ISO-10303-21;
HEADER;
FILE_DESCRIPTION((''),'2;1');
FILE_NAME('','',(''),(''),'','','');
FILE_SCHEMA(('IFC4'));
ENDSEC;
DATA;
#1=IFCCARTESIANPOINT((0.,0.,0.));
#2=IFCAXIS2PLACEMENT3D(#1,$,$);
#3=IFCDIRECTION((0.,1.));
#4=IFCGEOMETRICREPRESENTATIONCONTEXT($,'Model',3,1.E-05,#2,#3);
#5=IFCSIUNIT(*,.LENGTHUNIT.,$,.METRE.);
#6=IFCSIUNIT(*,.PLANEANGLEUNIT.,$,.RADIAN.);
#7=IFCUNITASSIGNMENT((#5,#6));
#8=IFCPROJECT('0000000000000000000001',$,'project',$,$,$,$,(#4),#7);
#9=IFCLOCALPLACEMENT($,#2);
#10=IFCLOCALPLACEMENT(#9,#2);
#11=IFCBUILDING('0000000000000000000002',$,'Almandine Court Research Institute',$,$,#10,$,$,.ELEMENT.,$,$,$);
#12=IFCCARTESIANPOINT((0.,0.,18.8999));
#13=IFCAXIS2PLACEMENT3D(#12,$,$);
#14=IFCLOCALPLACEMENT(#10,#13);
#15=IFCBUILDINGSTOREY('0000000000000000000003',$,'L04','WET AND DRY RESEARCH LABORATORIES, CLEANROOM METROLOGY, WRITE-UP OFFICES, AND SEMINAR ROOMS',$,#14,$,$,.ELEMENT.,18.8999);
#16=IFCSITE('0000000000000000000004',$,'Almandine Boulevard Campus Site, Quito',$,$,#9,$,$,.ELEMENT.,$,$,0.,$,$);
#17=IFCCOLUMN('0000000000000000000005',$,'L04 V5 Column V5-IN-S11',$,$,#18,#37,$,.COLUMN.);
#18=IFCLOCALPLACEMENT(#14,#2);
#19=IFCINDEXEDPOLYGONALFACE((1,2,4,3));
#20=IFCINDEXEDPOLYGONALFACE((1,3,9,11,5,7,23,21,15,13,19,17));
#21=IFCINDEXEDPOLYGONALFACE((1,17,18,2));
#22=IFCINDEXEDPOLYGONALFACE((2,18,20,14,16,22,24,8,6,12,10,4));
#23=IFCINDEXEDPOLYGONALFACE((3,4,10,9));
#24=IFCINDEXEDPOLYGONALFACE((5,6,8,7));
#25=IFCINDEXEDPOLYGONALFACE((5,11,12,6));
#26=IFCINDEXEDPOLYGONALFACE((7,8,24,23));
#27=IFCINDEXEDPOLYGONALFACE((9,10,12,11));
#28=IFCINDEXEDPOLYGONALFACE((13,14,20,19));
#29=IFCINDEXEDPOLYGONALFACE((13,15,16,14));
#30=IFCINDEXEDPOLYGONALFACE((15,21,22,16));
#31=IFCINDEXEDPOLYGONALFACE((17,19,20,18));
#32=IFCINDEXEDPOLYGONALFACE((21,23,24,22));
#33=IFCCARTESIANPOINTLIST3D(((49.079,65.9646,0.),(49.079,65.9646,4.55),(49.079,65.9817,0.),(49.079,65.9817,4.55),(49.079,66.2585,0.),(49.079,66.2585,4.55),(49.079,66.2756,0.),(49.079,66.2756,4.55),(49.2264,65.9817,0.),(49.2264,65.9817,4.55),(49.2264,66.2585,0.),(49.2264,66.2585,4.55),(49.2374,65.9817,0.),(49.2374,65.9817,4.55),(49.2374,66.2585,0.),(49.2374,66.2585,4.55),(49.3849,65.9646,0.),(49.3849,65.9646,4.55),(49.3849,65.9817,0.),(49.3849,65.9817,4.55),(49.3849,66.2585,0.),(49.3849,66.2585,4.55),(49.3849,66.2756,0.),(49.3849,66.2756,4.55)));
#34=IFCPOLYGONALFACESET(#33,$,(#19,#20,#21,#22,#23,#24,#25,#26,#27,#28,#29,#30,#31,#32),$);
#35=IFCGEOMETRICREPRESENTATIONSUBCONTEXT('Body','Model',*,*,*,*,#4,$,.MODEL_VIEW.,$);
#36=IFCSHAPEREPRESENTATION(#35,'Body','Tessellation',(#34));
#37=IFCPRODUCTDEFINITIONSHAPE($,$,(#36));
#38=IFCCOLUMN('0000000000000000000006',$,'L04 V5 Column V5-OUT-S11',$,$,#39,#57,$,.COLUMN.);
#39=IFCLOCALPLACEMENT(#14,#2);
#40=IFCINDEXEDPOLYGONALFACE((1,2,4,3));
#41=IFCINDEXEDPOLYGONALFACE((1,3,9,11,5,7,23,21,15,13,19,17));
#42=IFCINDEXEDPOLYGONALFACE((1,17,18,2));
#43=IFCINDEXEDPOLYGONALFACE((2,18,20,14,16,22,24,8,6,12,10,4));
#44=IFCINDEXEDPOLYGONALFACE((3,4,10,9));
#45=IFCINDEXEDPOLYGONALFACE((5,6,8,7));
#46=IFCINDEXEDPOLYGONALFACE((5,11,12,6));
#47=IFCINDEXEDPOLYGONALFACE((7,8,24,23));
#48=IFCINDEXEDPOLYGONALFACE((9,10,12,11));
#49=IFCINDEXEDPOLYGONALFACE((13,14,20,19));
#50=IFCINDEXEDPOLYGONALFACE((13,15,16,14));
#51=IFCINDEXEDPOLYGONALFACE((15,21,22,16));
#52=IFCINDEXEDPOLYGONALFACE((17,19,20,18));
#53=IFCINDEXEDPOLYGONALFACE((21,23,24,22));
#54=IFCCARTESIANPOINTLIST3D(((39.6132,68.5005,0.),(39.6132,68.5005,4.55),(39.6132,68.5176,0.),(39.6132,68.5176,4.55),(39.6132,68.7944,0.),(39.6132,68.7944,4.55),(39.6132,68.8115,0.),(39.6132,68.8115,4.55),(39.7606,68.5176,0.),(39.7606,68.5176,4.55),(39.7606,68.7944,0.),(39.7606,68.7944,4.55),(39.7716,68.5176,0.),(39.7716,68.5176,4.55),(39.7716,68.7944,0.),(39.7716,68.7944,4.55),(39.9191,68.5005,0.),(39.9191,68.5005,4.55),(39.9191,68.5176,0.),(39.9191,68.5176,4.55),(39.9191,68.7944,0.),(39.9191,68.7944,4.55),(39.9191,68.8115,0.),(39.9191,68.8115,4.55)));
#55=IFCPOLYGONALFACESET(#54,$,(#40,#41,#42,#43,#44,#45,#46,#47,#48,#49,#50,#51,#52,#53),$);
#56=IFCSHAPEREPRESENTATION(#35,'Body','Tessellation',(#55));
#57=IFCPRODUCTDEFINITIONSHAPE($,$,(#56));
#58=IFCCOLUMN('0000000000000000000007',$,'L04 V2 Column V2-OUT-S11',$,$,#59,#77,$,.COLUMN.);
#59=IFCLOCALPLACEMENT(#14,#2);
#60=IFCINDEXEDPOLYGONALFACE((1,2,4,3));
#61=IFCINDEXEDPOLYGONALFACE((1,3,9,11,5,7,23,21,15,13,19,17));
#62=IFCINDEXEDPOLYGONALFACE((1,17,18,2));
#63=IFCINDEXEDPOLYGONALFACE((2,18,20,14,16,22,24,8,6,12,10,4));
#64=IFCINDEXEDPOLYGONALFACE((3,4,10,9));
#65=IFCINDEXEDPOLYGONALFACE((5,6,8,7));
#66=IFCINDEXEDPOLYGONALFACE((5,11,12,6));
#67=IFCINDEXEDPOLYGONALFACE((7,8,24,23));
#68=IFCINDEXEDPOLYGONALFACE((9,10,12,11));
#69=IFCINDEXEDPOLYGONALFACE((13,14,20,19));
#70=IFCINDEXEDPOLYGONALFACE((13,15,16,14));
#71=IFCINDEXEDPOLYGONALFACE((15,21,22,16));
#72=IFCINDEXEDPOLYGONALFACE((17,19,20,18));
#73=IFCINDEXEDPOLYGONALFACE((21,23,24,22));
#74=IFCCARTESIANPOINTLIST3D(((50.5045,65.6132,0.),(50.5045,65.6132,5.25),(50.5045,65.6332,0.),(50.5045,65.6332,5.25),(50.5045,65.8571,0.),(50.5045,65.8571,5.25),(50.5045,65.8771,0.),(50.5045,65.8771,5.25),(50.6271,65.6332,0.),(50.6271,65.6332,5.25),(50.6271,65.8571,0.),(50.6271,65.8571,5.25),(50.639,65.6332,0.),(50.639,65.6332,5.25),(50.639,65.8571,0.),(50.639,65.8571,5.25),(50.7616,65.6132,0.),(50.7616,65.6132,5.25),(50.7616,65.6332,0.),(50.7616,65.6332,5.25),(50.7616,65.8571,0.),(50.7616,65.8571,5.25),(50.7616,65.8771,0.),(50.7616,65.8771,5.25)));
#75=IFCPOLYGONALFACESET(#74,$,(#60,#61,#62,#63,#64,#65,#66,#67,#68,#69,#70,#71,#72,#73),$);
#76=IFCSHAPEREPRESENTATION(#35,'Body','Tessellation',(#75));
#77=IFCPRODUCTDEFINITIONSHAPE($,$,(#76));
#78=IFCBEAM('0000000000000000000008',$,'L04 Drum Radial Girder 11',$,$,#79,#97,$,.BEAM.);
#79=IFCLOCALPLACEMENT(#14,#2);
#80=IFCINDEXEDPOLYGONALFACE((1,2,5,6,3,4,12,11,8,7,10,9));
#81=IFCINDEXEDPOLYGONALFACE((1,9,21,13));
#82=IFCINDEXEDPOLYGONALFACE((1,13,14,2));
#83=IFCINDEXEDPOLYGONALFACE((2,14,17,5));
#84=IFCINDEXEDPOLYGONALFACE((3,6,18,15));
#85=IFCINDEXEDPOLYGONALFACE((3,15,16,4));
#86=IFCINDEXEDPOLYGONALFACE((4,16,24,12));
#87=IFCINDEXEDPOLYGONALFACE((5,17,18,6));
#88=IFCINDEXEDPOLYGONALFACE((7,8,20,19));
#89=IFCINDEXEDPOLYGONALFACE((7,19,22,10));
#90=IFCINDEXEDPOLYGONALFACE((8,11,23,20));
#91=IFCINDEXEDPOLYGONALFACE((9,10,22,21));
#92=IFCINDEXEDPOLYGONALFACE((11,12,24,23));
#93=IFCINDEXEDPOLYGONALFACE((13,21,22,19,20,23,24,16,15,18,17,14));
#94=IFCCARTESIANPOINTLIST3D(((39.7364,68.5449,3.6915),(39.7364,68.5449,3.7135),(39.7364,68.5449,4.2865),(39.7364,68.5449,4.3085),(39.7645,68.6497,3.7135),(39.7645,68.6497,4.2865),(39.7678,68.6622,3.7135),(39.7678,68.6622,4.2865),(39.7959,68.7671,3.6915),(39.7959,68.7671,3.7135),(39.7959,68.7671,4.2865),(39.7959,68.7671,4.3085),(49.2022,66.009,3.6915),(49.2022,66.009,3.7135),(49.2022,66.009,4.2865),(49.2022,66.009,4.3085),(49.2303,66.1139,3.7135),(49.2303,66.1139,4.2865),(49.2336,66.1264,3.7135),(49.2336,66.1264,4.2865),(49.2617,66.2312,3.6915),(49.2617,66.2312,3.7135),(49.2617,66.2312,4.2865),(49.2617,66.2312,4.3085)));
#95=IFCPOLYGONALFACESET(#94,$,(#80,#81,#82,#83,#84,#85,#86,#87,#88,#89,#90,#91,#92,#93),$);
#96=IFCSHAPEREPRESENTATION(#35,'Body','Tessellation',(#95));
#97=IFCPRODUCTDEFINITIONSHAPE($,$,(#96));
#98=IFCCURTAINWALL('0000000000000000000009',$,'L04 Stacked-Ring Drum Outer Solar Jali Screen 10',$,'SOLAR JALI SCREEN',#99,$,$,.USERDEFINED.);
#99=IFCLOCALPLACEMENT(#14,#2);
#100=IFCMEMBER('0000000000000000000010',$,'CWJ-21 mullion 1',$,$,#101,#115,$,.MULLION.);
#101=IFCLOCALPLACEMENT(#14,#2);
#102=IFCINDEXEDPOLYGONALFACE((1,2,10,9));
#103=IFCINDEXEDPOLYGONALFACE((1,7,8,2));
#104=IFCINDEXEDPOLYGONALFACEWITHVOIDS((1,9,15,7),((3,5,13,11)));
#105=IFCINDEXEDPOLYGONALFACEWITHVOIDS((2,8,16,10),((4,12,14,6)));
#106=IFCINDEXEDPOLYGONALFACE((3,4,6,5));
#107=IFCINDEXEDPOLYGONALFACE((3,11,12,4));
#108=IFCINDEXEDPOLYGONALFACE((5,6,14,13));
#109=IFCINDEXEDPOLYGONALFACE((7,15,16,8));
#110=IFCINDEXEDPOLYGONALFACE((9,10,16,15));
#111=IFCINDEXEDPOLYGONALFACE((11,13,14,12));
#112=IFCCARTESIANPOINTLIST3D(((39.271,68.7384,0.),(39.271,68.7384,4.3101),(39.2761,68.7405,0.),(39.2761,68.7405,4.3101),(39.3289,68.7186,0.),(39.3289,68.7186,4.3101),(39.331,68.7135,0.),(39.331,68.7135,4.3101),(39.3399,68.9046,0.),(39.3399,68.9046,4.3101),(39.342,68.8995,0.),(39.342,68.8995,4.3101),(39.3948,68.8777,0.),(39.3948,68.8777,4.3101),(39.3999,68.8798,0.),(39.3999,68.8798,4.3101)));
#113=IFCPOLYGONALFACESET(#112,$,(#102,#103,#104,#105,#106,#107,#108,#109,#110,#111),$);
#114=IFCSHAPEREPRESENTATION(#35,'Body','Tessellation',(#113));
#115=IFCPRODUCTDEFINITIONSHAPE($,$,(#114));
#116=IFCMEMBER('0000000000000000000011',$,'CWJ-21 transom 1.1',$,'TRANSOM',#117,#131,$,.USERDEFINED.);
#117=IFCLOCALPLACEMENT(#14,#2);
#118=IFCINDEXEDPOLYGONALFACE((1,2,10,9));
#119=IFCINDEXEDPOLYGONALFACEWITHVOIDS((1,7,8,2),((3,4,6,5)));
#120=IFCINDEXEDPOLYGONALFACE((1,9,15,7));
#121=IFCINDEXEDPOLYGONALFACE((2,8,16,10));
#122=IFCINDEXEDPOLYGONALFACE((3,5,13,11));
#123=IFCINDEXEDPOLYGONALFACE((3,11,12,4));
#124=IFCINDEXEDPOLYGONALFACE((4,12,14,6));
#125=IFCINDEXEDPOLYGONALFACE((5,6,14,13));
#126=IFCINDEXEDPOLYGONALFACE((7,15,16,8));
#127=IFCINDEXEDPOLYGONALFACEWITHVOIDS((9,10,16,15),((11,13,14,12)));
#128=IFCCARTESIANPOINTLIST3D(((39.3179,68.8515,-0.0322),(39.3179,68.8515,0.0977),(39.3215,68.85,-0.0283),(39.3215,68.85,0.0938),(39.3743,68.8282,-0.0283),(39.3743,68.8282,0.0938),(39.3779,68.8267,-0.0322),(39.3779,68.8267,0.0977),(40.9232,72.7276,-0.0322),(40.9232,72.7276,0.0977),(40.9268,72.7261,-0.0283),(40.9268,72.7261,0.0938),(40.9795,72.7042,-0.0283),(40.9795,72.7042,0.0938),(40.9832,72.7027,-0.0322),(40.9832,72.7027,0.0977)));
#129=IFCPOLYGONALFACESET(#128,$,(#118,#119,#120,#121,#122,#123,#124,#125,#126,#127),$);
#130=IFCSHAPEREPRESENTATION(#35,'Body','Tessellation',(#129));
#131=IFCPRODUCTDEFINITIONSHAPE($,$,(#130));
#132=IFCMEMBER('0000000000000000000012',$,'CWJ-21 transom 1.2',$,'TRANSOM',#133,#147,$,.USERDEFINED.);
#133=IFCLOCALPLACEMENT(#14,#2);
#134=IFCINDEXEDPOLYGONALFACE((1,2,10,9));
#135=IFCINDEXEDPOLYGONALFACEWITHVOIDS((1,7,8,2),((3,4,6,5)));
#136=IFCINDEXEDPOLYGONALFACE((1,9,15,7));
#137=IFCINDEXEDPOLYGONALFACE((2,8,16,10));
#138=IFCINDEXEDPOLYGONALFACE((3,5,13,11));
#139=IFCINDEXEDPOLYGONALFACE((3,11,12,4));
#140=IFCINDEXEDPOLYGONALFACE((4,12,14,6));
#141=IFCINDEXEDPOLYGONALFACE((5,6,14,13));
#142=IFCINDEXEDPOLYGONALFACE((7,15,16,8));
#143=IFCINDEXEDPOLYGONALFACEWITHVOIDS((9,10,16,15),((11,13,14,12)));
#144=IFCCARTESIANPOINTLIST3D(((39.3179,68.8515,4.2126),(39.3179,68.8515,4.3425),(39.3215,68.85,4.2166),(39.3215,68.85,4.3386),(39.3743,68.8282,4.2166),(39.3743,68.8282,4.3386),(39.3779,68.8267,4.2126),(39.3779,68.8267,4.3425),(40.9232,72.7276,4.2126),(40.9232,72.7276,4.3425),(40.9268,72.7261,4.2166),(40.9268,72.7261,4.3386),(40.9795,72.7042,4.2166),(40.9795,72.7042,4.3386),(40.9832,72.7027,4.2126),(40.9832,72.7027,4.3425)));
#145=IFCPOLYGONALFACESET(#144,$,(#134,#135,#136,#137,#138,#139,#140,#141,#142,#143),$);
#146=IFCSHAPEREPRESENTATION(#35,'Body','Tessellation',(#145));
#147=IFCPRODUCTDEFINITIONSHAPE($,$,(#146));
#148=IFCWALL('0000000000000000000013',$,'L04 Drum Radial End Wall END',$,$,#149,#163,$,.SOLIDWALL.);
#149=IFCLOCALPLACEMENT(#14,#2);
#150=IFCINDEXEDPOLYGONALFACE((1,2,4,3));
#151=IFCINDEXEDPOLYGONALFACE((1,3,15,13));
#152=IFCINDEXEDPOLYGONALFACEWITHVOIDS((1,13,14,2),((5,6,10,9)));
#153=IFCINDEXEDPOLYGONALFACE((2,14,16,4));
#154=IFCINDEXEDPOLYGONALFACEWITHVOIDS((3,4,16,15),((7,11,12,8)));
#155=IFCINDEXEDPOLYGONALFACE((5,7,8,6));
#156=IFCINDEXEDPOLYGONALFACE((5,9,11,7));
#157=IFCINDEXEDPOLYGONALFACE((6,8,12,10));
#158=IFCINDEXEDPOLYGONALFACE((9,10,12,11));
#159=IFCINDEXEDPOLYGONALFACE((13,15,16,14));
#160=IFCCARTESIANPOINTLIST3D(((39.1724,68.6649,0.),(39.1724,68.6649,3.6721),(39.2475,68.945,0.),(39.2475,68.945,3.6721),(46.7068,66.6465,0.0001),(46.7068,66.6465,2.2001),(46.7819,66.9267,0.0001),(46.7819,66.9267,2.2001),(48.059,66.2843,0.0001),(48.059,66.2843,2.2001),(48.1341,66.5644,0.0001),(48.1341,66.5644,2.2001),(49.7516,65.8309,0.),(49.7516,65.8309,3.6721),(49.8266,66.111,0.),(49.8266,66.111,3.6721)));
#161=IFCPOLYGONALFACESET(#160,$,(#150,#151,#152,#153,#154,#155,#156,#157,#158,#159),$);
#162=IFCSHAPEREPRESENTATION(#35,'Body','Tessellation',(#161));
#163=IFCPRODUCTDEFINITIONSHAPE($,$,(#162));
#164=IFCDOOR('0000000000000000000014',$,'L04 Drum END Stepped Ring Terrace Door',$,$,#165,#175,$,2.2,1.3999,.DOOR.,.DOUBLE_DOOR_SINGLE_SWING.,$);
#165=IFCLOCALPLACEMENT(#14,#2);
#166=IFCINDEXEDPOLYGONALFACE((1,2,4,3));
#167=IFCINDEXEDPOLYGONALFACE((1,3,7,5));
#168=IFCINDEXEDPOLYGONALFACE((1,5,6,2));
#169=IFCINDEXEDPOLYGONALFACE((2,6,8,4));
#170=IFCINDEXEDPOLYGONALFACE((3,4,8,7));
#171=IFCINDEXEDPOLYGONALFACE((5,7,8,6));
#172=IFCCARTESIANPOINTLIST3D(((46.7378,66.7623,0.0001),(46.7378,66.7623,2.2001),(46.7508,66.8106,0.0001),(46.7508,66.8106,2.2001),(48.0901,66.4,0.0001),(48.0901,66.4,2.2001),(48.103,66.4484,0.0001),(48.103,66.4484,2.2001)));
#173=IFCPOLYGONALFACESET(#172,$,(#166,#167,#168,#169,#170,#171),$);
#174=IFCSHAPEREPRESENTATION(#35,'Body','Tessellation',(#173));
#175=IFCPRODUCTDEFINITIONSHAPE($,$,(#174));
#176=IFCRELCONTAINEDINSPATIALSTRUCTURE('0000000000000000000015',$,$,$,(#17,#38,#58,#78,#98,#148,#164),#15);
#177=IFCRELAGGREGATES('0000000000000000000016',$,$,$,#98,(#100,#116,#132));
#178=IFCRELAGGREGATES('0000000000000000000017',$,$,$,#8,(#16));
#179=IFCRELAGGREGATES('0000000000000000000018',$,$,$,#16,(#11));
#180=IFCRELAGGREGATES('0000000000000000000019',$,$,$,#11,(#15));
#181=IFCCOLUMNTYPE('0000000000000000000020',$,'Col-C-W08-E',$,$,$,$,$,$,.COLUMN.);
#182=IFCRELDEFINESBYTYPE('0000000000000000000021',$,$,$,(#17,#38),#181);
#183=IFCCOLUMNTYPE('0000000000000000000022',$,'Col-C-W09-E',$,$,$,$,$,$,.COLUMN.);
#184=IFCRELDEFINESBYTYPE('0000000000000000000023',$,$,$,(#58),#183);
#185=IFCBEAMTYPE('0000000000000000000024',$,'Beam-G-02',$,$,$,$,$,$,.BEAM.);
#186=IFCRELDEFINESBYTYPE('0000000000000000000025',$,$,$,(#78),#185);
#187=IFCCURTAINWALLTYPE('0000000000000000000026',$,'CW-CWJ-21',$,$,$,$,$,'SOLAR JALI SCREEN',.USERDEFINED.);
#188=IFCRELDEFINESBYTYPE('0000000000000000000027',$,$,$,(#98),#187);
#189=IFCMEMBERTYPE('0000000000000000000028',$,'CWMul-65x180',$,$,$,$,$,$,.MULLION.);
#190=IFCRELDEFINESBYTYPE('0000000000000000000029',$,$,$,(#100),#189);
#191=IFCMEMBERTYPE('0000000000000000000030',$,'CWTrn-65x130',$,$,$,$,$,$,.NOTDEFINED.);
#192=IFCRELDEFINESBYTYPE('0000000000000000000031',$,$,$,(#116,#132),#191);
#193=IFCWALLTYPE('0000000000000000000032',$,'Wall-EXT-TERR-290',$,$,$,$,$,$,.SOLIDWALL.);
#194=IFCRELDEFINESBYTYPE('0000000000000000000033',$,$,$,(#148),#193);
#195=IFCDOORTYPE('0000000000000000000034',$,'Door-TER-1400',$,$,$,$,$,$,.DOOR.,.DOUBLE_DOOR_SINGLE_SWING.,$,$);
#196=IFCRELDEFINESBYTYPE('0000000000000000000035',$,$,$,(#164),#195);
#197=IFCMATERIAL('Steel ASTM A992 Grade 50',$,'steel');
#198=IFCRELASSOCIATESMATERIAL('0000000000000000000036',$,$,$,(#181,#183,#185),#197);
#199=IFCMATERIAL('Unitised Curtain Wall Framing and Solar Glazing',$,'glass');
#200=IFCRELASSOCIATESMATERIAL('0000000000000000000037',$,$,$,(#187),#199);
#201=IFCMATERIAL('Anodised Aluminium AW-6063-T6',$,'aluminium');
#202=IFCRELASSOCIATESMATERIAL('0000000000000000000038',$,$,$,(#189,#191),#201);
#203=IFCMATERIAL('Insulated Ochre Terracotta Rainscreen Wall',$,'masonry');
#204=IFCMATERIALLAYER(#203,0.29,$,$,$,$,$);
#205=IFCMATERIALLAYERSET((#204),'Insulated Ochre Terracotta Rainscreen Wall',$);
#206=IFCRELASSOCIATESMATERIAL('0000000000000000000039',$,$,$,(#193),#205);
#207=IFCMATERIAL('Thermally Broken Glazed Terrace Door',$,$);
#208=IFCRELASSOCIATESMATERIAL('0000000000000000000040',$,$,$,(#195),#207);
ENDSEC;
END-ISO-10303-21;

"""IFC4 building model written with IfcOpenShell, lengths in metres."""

from ifc_helpers import new_model, si_unit, direction, frame, frame_2d, origin, origin_2d, place, context, subcontext, project, spatial, rectangle, hollow_rectangle, i_section, extrude, material, layer, layer_set, material_profile, profile_set, type_object, element, fill, aggregate, save


model = new_model("IFC4")

# Units and contexts
model_context = context("Model", 3, precision=1e-05, world=origin(), true_north=direction((0.0, 1.0)))
body_context = subcontext(model_context, "Body", "Model", "MODEL_VIEW")
ifc_project = project(units=[si_unit("LENGTHUNIT", "METRE"), si_unit("PLANEANGLEUNIT", "RADIAN")], contexts=[model_context])

# Site, building, storey
site_placement = place(None, origin())
site = spatial("IfcSite", under=ifc_project, at=site_placement, Name="Almandine Boulevard Campus Site, Quito", CompositionType="ELEMENT", RefElevation=0.0)
building_placement = place(site_placement, origin())
building = spatial("IfcBuilding", under=site, at=building_placement, Name="Almandine Court Research Institute", CompositionType="ELEMENT")
storey_placement = place(building_placement, frame((0.0, 0.0, 18.8999)))
storey = spatial("IfcBuildingStorey", under=building, at=storey_placement, Name="L04", Description="WET AND DRY RESEARCH LABORATORIES, CLEANROOM METROLOGY, WRITE-UP OFFICES, AND SEMINAR ROOMS", CompositionType="ELEMENT", Elevation=18.8999)

# Columns
ifc_material_1 = material(Name="Steel ASTM A992 Grade 50", Category="steel")
ifc_material_profile_1 = material_profile(ifc_material_1, i_section(OverallWidth=0.3059, OverallDepth=0.311, WebThickness=0.011, FlangeThickness=0.0171, at=origin_2d()), Name="W310x107")
ifc_profile_set_1 = profile_set([ifc_material_profile_1], Name="Steel ASTM A992 Grade 50")
column_type_1 = type_object("IfcColumnType", Name="Col-C-W08-E", PredefinedType="COLUMN", material=ifc_profile_set_1)
for number, where, z_axis, x_axis, name in (
    (1, (49.2319, 66.1201, 0.0), (0.0, 0.0, 1.0), (1.0, 0.0, 0.0), "L04 V5 Column V5-IN-S11"),
    (2, (39.7661, 68.656, 0.0), (0.0, 0.0, 1.0), (1.0, 0.0, 0.0), "L04 V5 Column V5-OUT-S11"),
):
    element("IfcColumn", number, at=place(storey_placement, frame(where, z_axis=z_axis, x_axis=x_axis)), inside=storey, type_object=column_type_1, Name=name, PredefinedType="COLUMN", context=body_context, shape_type="SweptSolid", body=[
        extrude(i_section(OverallWidth=0.3059, OverallDepth=0.311, WebThickness=0.011, FlangeThickness=0.0171, at=origin_2d()), origin(), (0.0, 0.0, 1.0), 4.55),
    ])
ifc_material_profile_2 = material_profile(ifc_material_1, i_section(OverallWidth=0.2571, OverallDepth=0.2639, WebThickness=0.012, FlangeThickness=0.02, at=origin_2d()), Name="W250x101")
ifc_profile_set_2 = profile_set([ifc_material_profile_2], Name="Steel ASTM A992 Grade 50")
column_type_2 = type_object("IfcColumnType", Name="Col-C-W09-E", PredefinedType="COLUMN", material=ifc_profile_set_2)
column_placement = place(storey_placement, frame((50.6331, 65.7451, 0.0), z_axis=(0.0, 0.0, 1.0), x_axis=(1.0, 0.0, 0.0)))
element("IfcColumn", 3, at=column_placement, inside=storey, type_object=column_type_2, Name="L04 V2 Column V2-OUT-S11", PredefinedType="COLUMN", context=body_context, shape_type="SweptSolid", body=[
    extrude(i_section(OverallWidth=0.2571, OverallDepth=0.2639, WebThickness=0.012, FlangeThickness=0.02, at=origin_2d()), origin(), (0.0, 0.0, 1.0), 5.25),
])

# Beam
ifc_material_profile_3 = material_profile(ifc_material_1, i_section(OverallWidth=0.23, OverallDepth=0.6169, WebThickness=0.0129, FlangeThickness=0.022, at=origin_2d()), Name="W610x140")
ifc_profile_set_3 = profile_set([ifc_material_profile_3], Name="Steel ASTM A992 Grade 50")
beam_type = type_object("IfcBeamType", Name="Beam-G-02", PredefinedType="BEAM", material=ifc_profile_set_3)
beam_placement = place(storey_placement, frame((49.2319, 66.1201, 4.0), z_axis=(-0.965938, 0.258774, 0.0), x_axis=(-0.258774, -0.965938, 0.0)))
element("IfcBeam", 4, at=beam_placement, inside=storey, type_object=beam_type, Name="L04 Drum Radial Girder 11", PredefinedType="BEAM", context=body_context, shape_type="SweptSolid", body=[
    extrude(i_section(OverallWidth=0.23, OverallDepth=0.6169, WebThickness=0.0129, FlangeThickness=0.022, at=origin_2d()), origin(), (0.0, 0.0, 1.0), 9.7996),
])

# Curtain wall, members
ifc_material_2 = material(Name="Unitised Curtain Wall Framing and Solar Glazing", Category="glass")
curtain_wall_type = type_object("IfcCurtainWallType", Name="CW-CWJ-21", ElementType="SOLAR JALI SCREEN", PredefinedType="USERDEFINED", material=ifc_material_2)
curtain_wall_placement = place(storey_placement, origin())
curtain_wall = element("IfcCurtainWall", 5, at=curtain_wall_placement, inside=storey, type_object=curtain_wall_type, Name="L04 Stacked-Ring Drum Outer Solar Jali Screen 10", ObjectType="SOLAR JALI SCREEN", PredefinedType="USERDEFINED")
ifc_material_3 = material(Name="Anodised Aluminium AW-6063-T6", Category="aluminium")
ifc_material_profile_4 = material_profile(ifc_material_3, hollow_rectangle(XDim=0.0649, YDim=0.1799, WallThickness=0.0039, at=origin_2d()), Name="ALU RHS 65x180x4")
ifc_profile_set_4 = profile_set([ifc_material_profile_4], Name="Anodised Aluminium AW-6063-T6")
member_type_1 = type_object("IfcMemberType", Name="CWMul-65x180", PredefinedType="MULLION", material=ifc_profile_set_4)
member_1_placement = place(storey_placement, frame((39.3354, 68.8091, 0.0), z_axis=(0.0, 0.0, 1.0), x_axis=(-0.923888, 0.382663, 0.0)))
member_1 = element("IfcMember", 6, at=member_1_placement, type_object=member_type_1, Name="CWJ-21 mullion 1", PredefinedType="MULLION", context=body_context, shape_type="SweptSolid", body=[
    extrude(hollow_rectangle(XDim=0.0649, YDim=0.1799, WallThickness=0.0039, at=origin_2d()), origin(), (0.0, 0.0, 1.0), 4.3101),
])
ifc_material_profile_5 = material_profile(ifc_material_3, hollow_rectangle(XDim=0.0649, YDim=0.1299, WallThickness=0.0039, at=origin_2d()), Name="ALU RHS 65x130x4")
ifc_profile_set_5 = profile_set([ifc_material_profile_5], Name="Anodised Aluminium AW-6063-T6")
member_type_2 = type_object("IfcMemberType", Name="CWTrn-65x130", PredefinedType="NOTDEFINED", material=ifc_profile_set_5)
member_2_placement = place(storey_placement, frame((39.3479, 68.8391, 0.0327), z_axis=(0.382631, 0.923901, 0.0), x_axis=(-0.923901, 0.382631, 0.0)))
member_2 = element("IfcMember", 7, at=member_2_placement, type_object=member_type_2, Name="CWJ-21 transom 1.1", ObjectType="TRANSOM", PredefinedType="USERDEFINED", context=body_context, shape_type="SweptSolid", body=[
    extrude(hollow_rectangle(XDim=0.0649, YDim=0.1299, WallThickness=0.0039, at=origin_2d()), origin(), (0.0, 0.0, 1.0), 4.1953),
])
member_3_placement = place(storey_placement, frame((39.3479, 68.8391, 4.2776), z_axis=(0.382631, 0.923901, 0.0), x_axis=(-0.923901, 0.382631, 0.0)))
member_3 = element("IfcMember", 8, at=member_3_placement, type_object=member_type_2, Name="CWJ-21 transom 1.2", ObjectType="TRANSOM", PredefinedType="USERDEFINED", context=body_context, shape_type="SweptSolid", body=[
    extrude(hollow_rectangle(XDim=0.0649, YDim=0.1299, WallThickness=0.0039, at=origin_2d()), origin(), (0.0, 0.0, 1.0), 4.1953),
])
aggregate(curtain_wall, [member_1, member_2, member_3])

# Wall, opening, door
ifc_material_4 = material(Name="Insulated Ochre Terracotta Rainscreen Wall", Category="masonry")
ifc_layer_1 = layer(ifc_material_4, 0.29)
ifc_layer_set_1 = layer_set([ifc_layer_1], Name="Insulated Ochre Terracotta Rainscreen Wall")
wall_type = type_object("IfcWallType", Name="Wall-EXT-TERR-290", PredefinedType="SOLIDWALL", material=ifc_layer_set_1)
wall_placement = place(storey_placement, frame((39.21, 68.8049, 0.0), z_axis=(0.0, 0.0, 1.0), x_axis=(0.965941, -0.258761, 0.0)))
wall = element("IfcWall", 9, at=wall_placement, inside=storey, type_object=wall_type, Name="L04 Drum Radial End Wall END", PredefinedType="SOLIDWALL", context=body_context, shape_type="SweptSolid", body=[
    extrude(rectangle(XDim=10.9521, YDim=0.29, at=frame_2d((5.4761, 0.0))), origin(), (0.0, 0.0, 1.0), 3.6721),
])
opening_placement = place(wall_placement, frame((7.8, 0.0, 0.0)))
opening = element("IfcOpeningElement", 10, at=opening_placement, cuts=wall, PredefinedType="OPENING", context=body_context, shape_type="SweptSolid", body=[
    extrude(rectangle(XDim=1.3999, YDim=2.2, at=frame_2d((0.7, 1.1001))), frame((0.0, 0.155, 0.0), z_axis=(0.0, -1.0, 0.0), x_axis=(1.0, 0.0, 0.0)), (0.0, 0.0, 1.0), 0.3101),
])
ifc_material_5 = material(Name="Thermally Broken Glazed Terrace Door")
door_type = type_object("IfcDoorType", Name="Door-TER-1400", OperationType="DOUBLE_DOOR_SINGLE_SWING", PredefinedType="DOOR", material=ifc_material_5)
door_placement = place(opening_placement, origin())
door = element("IfcDoor", 11, at=door_placement, inside=storey, type_object=door_type, Name="L04 Drum END Stepped Ring Terrace Door", OperationType="DOUBLE_DOOR_SINGLE_SWING", OverallHeight=2.2, OverallWidth=1.3999, PredefinedType="DOOR", context=body_context, shape_type="SweptSolid", body=[
    extrude(rectangle(XDim=1.3999, YDim=2.2, at=frame_2d((0.7, 1.1001))), frame((0.0, 0.0249, 0.0), z_axis=(0.0, -1.0, 0.0), x_axis=(1.0, 0.0, 0.0)), (0.0, 0.0, 1.0), 0.05),
])
fill(opening, door)

save(model, "model.ifc")
